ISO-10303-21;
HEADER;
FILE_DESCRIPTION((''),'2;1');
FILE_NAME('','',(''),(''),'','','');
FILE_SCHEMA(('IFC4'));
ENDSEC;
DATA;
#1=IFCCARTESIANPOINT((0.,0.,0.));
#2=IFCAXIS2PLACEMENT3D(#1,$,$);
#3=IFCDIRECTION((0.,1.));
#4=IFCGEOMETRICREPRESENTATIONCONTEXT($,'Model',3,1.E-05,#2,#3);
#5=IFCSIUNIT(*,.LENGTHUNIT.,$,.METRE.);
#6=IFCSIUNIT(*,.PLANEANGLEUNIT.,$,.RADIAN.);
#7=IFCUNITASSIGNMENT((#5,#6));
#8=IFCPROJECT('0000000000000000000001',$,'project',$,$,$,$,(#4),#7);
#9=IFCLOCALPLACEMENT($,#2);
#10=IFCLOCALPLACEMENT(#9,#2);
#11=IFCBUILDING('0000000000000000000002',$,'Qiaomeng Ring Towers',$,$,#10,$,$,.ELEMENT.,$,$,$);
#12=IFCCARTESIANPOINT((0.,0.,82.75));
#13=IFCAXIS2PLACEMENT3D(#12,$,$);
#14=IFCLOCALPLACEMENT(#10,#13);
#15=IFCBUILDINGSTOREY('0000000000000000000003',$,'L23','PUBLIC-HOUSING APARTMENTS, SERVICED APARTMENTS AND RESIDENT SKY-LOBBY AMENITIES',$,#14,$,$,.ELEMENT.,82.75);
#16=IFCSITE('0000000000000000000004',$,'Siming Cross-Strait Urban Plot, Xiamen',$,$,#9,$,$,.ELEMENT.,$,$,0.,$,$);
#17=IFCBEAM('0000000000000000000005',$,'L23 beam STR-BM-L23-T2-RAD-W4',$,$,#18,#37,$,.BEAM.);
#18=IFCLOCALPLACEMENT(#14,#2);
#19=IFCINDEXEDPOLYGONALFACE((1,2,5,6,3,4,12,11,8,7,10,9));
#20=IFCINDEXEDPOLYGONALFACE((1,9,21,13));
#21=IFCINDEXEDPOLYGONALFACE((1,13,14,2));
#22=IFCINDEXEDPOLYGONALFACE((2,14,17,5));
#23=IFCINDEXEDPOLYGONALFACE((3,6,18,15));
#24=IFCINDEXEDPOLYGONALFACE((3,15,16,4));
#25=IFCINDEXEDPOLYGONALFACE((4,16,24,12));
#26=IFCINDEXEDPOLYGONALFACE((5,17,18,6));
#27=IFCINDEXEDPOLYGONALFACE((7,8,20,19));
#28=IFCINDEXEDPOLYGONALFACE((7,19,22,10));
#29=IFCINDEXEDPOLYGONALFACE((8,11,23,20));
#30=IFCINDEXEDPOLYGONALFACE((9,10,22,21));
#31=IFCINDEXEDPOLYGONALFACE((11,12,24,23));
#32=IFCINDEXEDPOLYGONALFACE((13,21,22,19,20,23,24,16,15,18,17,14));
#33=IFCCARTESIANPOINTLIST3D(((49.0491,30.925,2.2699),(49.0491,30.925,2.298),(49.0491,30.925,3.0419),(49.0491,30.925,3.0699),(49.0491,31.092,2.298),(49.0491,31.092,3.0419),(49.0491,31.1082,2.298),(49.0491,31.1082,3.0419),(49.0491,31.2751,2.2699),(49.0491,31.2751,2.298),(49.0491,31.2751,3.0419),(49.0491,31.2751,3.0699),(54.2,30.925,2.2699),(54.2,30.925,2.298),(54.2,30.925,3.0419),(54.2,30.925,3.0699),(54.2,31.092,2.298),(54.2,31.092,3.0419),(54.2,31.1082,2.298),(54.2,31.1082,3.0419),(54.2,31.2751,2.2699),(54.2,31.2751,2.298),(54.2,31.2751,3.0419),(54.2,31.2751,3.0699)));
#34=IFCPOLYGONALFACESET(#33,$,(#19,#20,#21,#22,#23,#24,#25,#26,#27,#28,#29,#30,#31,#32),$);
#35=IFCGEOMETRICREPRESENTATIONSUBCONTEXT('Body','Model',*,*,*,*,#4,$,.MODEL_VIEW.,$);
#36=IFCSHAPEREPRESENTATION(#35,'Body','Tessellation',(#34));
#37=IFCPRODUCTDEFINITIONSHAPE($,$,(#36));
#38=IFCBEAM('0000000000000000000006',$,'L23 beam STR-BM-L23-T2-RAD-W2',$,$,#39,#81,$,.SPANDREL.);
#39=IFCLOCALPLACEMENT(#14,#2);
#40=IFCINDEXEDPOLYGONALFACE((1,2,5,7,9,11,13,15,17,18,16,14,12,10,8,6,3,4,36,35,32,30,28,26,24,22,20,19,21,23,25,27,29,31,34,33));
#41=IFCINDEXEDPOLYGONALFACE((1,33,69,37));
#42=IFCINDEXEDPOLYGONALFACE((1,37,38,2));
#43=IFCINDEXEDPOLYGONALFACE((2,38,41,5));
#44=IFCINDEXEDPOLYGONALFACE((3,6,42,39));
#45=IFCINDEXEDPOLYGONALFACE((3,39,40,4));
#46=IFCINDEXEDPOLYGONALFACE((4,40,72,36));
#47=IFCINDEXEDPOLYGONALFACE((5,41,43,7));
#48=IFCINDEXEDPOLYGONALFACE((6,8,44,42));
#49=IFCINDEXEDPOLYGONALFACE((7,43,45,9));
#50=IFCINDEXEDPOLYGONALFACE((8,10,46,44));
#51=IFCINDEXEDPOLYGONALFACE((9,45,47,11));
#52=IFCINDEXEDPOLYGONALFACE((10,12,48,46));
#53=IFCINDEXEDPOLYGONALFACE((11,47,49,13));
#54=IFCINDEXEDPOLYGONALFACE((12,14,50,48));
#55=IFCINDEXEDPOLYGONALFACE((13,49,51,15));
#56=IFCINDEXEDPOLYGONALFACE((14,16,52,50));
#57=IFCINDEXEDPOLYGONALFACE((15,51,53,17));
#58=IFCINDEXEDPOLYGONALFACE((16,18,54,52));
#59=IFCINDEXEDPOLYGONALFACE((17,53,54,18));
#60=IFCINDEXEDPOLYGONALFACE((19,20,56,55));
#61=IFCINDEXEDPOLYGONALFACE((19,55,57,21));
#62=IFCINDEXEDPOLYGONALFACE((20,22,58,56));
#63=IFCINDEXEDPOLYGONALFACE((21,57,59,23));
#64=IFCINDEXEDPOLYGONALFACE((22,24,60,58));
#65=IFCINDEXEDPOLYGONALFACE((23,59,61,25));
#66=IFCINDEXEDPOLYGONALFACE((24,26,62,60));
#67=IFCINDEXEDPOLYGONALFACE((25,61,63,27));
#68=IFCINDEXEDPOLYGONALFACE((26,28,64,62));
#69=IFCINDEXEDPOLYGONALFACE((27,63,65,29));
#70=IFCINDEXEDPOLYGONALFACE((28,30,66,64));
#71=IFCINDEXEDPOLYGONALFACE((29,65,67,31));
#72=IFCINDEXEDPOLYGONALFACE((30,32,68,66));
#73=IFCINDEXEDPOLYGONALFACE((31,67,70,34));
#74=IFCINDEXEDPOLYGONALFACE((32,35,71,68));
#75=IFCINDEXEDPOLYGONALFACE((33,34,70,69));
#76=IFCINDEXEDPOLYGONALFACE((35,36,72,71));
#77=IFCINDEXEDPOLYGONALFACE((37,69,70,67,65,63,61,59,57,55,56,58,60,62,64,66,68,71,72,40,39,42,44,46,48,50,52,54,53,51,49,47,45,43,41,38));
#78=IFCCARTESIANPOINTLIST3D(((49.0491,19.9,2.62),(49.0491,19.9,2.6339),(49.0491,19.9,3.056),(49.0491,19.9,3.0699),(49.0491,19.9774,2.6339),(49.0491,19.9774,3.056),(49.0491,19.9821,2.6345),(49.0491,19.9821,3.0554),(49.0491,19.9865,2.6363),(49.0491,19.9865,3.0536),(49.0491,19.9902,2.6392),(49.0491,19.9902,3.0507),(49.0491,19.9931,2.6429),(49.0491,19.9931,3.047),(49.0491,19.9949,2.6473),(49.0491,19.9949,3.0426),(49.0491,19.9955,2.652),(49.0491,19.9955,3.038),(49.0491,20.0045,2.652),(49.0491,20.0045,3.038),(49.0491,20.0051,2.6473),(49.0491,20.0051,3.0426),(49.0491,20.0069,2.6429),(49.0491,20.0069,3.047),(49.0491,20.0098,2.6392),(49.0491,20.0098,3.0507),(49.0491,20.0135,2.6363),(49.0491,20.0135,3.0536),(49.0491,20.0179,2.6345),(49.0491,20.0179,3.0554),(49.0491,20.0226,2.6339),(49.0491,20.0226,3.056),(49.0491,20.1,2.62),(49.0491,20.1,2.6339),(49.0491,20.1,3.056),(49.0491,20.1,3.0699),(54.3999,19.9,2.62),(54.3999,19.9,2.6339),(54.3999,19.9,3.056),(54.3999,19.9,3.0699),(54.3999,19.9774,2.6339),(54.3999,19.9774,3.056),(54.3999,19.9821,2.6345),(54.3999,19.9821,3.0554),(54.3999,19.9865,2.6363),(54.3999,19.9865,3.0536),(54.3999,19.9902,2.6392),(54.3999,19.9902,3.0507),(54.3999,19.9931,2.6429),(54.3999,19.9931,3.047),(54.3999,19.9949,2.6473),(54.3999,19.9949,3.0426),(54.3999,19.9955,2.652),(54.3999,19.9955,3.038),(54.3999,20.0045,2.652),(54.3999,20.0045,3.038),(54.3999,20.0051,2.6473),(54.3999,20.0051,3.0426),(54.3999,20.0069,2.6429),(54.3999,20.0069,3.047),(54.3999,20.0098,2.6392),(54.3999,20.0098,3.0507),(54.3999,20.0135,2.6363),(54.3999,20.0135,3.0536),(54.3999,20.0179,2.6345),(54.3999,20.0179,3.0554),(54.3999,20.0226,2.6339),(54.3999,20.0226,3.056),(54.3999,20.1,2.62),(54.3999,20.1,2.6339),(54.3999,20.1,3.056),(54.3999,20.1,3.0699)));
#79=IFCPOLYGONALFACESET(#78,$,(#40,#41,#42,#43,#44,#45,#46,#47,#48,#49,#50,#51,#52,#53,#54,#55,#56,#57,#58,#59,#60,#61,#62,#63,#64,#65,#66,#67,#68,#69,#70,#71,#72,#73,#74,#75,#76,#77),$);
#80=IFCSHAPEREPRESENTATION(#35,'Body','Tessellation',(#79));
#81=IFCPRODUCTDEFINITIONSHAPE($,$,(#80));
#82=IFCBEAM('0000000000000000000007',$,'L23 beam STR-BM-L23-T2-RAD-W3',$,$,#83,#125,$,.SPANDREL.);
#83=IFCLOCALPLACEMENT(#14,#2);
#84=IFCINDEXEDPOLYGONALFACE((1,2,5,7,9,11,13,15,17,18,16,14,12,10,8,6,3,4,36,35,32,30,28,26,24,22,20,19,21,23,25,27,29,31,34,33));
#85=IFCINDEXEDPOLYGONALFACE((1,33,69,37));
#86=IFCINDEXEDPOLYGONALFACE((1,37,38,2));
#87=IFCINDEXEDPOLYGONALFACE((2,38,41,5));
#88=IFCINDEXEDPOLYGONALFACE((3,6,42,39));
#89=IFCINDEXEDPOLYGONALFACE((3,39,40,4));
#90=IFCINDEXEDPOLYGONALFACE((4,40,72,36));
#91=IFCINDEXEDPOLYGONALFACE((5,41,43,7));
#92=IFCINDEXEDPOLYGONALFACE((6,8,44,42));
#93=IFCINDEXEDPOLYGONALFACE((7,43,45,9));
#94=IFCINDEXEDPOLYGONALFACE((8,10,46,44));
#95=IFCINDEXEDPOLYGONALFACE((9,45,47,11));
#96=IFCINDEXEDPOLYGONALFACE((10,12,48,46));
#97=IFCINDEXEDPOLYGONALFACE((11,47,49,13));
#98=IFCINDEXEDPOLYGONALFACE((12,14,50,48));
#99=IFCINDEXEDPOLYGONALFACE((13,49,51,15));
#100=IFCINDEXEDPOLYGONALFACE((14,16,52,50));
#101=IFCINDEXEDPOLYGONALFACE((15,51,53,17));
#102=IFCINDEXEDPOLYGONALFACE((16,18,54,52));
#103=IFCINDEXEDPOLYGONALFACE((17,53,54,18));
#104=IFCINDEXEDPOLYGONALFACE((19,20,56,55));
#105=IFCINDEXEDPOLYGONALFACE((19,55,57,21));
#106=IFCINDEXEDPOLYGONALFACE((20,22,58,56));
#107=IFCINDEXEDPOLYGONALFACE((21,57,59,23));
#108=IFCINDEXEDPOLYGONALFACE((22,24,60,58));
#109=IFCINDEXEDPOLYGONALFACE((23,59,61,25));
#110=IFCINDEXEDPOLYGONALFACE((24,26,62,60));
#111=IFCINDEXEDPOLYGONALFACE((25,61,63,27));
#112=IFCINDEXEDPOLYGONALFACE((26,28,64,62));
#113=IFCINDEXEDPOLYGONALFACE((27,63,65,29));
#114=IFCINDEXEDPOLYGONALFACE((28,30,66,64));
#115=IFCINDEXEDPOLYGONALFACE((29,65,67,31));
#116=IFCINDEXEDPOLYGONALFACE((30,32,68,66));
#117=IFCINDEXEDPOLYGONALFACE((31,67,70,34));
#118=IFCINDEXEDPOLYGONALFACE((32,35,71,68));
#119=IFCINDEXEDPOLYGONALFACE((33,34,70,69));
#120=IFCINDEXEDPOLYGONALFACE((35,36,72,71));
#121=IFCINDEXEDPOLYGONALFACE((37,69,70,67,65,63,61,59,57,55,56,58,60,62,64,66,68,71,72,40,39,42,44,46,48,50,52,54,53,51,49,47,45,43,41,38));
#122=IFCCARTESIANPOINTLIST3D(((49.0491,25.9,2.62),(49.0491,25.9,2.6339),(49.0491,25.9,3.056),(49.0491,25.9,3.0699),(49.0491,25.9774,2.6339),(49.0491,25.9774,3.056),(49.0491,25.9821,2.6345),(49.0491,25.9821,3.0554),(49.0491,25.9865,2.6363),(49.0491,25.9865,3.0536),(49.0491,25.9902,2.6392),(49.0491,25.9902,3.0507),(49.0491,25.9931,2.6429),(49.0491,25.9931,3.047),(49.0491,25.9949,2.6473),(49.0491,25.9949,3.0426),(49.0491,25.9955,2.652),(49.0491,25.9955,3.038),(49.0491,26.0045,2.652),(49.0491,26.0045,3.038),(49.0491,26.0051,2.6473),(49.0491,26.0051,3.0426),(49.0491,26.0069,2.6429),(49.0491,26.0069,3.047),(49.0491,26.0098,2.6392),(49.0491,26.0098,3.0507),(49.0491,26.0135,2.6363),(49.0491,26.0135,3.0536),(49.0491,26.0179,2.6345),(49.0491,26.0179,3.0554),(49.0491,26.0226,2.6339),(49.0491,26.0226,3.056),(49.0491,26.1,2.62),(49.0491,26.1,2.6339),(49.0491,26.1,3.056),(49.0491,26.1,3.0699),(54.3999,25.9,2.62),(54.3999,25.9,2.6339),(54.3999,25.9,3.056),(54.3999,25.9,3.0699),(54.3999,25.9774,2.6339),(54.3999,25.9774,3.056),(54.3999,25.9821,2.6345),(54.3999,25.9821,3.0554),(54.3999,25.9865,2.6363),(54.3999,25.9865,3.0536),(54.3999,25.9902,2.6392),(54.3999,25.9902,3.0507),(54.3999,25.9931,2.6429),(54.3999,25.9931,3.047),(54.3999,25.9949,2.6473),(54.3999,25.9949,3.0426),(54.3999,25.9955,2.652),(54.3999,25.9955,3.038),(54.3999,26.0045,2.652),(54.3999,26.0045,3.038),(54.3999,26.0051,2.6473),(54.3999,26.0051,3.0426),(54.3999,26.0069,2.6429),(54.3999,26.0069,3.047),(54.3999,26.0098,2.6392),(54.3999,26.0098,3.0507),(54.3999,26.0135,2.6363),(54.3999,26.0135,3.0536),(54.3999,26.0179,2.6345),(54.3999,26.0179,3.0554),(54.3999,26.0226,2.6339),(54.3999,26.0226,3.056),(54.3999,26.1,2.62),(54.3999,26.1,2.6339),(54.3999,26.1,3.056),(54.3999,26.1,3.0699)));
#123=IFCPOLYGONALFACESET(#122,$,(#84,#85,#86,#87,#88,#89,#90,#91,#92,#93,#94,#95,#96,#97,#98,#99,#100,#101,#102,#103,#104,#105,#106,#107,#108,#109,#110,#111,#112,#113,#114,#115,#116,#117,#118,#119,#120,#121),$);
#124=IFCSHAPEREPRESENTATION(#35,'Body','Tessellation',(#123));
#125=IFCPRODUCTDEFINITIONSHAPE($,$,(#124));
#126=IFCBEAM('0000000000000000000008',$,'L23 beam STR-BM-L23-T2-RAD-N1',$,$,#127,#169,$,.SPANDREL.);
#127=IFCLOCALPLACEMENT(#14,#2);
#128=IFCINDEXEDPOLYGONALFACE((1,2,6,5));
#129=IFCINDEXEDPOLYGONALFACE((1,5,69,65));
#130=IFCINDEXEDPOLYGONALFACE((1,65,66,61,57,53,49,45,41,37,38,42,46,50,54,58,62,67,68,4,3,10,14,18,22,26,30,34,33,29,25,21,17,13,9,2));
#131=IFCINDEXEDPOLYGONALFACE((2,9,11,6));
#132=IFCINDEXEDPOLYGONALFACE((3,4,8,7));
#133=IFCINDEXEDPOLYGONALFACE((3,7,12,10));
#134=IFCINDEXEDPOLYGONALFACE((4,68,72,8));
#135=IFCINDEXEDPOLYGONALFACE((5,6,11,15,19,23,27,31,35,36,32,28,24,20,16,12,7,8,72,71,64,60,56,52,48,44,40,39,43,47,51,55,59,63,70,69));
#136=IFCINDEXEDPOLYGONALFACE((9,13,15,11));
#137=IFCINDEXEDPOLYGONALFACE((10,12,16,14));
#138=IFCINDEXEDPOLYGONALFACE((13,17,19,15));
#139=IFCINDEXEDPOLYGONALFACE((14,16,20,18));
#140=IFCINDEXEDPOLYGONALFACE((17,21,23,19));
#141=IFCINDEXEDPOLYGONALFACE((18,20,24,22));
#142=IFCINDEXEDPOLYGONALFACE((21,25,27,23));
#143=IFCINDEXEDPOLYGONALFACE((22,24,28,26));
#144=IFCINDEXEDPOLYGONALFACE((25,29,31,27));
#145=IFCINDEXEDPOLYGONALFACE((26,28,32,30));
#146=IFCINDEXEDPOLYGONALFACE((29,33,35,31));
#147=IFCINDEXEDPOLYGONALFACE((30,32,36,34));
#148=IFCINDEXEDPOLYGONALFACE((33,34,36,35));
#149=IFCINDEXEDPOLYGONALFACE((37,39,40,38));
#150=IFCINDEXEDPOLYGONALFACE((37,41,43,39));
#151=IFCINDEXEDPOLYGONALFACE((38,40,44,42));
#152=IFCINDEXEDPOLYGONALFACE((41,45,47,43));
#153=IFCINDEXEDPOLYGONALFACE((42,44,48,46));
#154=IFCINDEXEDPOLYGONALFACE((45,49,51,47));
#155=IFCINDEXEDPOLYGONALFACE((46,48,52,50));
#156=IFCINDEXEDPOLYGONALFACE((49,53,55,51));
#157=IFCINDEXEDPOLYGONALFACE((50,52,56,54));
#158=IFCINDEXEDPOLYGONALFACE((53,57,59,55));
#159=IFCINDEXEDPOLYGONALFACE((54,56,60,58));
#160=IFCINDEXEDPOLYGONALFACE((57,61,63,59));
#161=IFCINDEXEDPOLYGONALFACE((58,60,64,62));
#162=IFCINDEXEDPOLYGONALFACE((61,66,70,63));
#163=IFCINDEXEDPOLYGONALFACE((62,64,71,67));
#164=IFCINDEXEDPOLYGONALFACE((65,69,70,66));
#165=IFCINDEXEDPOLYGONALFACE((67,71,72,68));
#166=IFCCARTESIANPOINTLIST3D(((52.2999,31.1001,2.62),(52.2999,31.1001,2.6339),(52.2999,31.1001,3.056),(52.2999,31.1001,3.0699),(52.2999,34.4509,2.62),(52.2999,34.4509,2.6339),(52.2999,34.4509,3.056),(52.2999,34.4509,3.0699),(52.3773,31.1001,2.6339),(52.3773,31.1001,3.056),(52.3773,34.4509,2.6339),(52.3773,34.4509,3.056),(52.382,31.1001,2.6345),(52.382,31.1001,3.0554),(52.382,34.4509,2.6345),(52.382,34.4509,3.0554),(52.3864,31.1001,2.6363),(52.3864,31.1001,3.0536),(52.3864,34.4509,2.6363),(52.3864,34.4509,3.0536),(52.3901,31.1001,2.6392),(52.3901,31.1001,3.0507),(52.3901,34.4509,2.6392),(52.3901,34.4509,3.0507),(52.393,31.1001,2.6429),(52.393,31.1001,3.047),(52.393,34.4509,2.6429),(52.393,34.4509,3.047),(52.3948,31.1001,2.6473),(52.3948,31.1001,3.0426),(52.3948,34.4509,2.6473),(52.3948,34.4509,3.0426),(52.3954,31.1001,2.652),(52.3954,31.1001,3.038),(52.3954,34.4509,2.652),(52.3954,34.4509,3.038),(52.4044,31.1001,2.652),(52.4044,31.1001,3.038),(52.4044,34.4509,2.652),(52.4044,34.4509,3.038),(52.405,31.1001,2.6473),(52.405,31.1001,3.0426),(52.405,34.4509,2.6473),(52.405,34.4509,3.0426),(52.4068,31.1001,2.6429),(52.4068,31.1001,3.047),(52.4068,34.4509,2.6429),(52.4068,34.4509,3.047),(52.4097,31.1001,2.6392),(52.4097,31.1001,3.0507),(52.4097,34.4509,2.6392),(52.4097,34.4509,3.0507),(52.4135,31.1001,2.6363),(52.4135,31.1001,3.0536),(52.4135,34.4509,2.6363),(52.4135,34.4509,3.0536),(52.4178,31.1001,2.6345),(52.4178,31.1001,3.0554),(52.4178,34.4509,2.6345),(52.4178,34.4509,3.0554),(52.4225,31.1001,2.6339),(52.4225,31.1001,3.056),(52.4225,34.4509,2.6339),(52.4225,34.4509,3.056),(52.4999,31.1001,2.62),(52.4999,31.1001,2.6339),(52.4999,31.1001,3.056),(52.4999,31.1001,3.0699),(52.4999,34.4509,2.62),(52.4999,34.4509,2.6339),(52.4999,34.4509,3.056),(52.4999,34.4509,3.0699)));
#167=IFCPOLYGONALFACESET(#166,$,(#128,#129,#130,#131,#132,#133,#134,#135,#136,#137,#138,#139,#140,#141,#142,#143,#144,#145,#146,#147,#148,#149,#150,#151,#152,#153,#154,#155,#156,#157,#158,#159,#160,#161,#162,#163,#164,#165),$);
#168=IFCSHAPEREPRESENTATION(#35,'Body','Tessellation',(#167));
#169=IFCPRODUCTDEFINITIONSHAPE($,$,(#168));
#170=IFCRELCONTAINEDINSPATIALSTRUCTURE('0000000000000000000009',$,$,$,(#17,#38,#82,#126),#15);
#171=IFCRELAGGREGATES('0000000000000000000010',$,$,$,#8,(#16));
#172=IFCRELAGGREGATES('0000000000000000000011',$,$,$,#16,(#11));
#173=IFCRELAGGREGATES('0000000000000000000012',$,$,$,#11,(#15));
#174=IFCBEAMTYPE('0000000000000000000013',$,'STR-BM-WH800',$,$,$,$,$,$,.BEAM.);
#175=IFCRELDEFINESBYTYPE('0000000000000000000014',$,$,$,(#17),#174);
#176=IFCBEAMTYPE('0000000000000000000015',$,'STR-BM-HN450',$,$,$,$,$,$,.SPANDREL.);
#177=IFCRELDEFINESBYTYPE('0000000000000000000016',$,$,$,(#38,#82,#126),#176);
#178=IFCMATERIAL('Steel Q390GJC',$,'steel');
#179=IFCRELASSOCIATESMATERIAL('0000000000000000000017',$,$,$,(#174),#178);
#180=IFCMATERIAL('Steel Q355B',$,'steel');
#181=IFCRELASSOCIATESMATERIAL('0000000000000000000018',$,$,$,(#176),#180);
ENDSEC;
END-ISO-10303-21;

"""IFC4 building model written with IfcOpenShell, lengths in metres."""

from ifc_helpers import new_model, si_unit, direction, frame, origin, origin_2d, place, context, subcontext, project, spatial, i_section, extrude, source, transform, mapped, material, material_profile, profile_set, type_object, element, save


model = new_model("IFC4")

# Units and contexts
model_context = context("Model", 3, precision=1e-05, world=origin(), true_north=direction((0.0, 1.0)))
body_context = subcontext(model_context, "Body", "Model", "MODEL_VIEW")
ifc_project = project(units=[si_unit("LENGTHUNIT", "METRE"), si_unit("PLANEANGLEUNIT", "RADIAN")], contexts=[model_context])

# Site, building, storey
site_placement = place(None, origin())
site = spatial("IfcSite", under=ifc_project, at=site_placement, Name="Siming Cross-Strait Urban Plot, Xiamen", CompositionType="ELEMENT", RefElevation=0.0)
building_placement = place(site_placement, origin())
building = spatial("IfcBuilding", under=site, at=building_placement, Name="Qiaomeng Ring Towers", CompositionType="ELEMENT")
storey_placement = place(building_placement, frame((0.0, 0.0, 82.75)))
storey = spatial("IfcBuildingStorey", under=building, at=storey_placement, Name="L23", Description="PUBLIC-HOUSING APARTMENTS, SERVICED APARTMENTS AND RESIDENT SKY-LOBBY AMENITIES", CompositionType="ELEMENT", Elevation=82.75)

# Beams
ifc_material_1 = material(Name="Steel Q355B", Category="steel")
ifc_material_2 = material(Name="Steel Q390GJC", Category="steel")
ifc_material_profile_1 = material_profile(ifc_material_2, i_section(OverallWidth=0.3501, OverallDepth=0.8, WebThickness=0.0161, FlangeThickness=0.0281, at=origin_2d()), Name="WH 800x350x16x28")
ifc_profile_set_1 = profile_set([ifc_material_profile_1], Name="Steel Q390GJC")
beam_type_1 = type_object("IfcBeamType", Name="STR-BM-WH800", PredefinedType="BEAM", material=ifc_profile_set_1)
shared_shape_1 = source(origin(), body_context, "Body", "SweptSolid", [
    extrude(i_section(OverallWidth=0.3501, OverallDepth=0.8, WebThickness=0.0161, FlangeThickness=0.0281, at=origin_2d()), origin(), (0.0, 0.0, 1.0), 5.1509),
])
beam_1_placement = place(storey_placement, frame((49.0491, 31.1001, 2.6699), z_axis=(1.0, 0.0, 0.0), x_axis=(0.0, 1.0, 0.0)))
element("IfcBeam", 1, at=beam_1_placement, inside=storey, type_object=beam_type_1, Name="L23 beam STR-BM-L23-T2-RAD-W4", PredefinedType="BEAM", context=body_context, shape_type="MappedRepresentation", body=[
    mapped(shared_shape_1, transform((0.0, 0.0, 0.0), x_axis=(1.0, 0.0, 0.0), y_axis=(0.0, 1.0, 0.0), z_axis=(0.0, 0.0, 1.0), scale=1.0)),
])
ifc_material_profile_2 = material_profile(ifc_material_1, i_section(OverallWidth=0.2, OverallDepth=0.45, WebThickness=0.009, FlangeThickness=0.0139, FilletRadius=0.0181, at=origin_2d()), Name="HN 450x200x9x14")
ifc_profile_set_2 = profile_set([ifc_material_profile_2], Name="Steel Q355B")
beam_type_2 = type_object("IfcBeamType", Name="STR-BM-HN450", PredefinedType="SPANDREL", material=ifc_profile_set_2)
shared_shape_2 = source(origin(), body_context, "Body", "SweptSolid", [
    extrude(i_section(OverallWidth=0.2, OverallDepth=0.45, WebThickness=0.009, FlangeThickness=0.0139, FilletRadius=0.0181, at=origin_2d()), origin(), (0.0, 0.0, 1.0), 5.3508),
])
for number, where, z_axis, x_axis, name in (
    (2, (49.0491, 20.0, 2.845), (1.0, 0.0, 0.0), (0.0, 1.0, 0.0), "L23 beam STR-BM-L23-T2-RAD-W2"),
    (3, (49.0491, 26.0, 2.845), (1.0, 0.0, 0.0), (0.0, 1.0, 0.0), "L23 beam STR-BM-L23-T2-RAD-W3"),
):
    element("IfcBeam", number, at=place(storey_placement, frame(where, z_axis=z_axis, x_axis=x_axis)), inside=storey, type_object=beam_type_2, Name=name, PredefinedType="SPANDREL", context=body_context, shape_type="MappedRepresentation", body=[
        mapped(shared_shape_2, transform((0.0, 0.0, 0.0), x_axis=(1.0, 0.0, 0.0), y_axis=(0.0, 1.0, 0.0), z_axis=(0.0, 0.0, 1.0), scale=1.0)),
    ])
shared_shape_3 = source(origin(), body_context, "Body", "SweptSolid", [
    extrude(i_section(OverallWidth=0.2, OverallDepth=0.45, WebThickness=0.009, FlangeThickness=0.0139, FilletRadius=0.0181, at=origin_2d()), origin(), (0.0, 0.0, 1.0), 3.3508),
])
beam_2_placement = place(storey_placement, frame((52.3999, 34.4509, 2.845), z_axis=(0.0, -1.0, 0.0), x_axis=(1.0, 0.0, 0.0)))
element("IfcBeam", 4, at=beam_2_placement, inside=storey, type_object=beam_type_2, Name="L23 beam STR-BM-L23-T2-RAD-N1", PredefinedType="SPANDREL", context=body_context, shape_type="MappedRepresentation", body=[
    mapped(shared_shape_3, transform((0.0, 0.0, 0.0), x_axis=(1.0, 0.0, 0.0), y_axis=(0.0, 1.0, 0.0), z_axis=(0.0, 0.0, 1.0), scale=1.0)),
])

save(model, "model.ifc")
